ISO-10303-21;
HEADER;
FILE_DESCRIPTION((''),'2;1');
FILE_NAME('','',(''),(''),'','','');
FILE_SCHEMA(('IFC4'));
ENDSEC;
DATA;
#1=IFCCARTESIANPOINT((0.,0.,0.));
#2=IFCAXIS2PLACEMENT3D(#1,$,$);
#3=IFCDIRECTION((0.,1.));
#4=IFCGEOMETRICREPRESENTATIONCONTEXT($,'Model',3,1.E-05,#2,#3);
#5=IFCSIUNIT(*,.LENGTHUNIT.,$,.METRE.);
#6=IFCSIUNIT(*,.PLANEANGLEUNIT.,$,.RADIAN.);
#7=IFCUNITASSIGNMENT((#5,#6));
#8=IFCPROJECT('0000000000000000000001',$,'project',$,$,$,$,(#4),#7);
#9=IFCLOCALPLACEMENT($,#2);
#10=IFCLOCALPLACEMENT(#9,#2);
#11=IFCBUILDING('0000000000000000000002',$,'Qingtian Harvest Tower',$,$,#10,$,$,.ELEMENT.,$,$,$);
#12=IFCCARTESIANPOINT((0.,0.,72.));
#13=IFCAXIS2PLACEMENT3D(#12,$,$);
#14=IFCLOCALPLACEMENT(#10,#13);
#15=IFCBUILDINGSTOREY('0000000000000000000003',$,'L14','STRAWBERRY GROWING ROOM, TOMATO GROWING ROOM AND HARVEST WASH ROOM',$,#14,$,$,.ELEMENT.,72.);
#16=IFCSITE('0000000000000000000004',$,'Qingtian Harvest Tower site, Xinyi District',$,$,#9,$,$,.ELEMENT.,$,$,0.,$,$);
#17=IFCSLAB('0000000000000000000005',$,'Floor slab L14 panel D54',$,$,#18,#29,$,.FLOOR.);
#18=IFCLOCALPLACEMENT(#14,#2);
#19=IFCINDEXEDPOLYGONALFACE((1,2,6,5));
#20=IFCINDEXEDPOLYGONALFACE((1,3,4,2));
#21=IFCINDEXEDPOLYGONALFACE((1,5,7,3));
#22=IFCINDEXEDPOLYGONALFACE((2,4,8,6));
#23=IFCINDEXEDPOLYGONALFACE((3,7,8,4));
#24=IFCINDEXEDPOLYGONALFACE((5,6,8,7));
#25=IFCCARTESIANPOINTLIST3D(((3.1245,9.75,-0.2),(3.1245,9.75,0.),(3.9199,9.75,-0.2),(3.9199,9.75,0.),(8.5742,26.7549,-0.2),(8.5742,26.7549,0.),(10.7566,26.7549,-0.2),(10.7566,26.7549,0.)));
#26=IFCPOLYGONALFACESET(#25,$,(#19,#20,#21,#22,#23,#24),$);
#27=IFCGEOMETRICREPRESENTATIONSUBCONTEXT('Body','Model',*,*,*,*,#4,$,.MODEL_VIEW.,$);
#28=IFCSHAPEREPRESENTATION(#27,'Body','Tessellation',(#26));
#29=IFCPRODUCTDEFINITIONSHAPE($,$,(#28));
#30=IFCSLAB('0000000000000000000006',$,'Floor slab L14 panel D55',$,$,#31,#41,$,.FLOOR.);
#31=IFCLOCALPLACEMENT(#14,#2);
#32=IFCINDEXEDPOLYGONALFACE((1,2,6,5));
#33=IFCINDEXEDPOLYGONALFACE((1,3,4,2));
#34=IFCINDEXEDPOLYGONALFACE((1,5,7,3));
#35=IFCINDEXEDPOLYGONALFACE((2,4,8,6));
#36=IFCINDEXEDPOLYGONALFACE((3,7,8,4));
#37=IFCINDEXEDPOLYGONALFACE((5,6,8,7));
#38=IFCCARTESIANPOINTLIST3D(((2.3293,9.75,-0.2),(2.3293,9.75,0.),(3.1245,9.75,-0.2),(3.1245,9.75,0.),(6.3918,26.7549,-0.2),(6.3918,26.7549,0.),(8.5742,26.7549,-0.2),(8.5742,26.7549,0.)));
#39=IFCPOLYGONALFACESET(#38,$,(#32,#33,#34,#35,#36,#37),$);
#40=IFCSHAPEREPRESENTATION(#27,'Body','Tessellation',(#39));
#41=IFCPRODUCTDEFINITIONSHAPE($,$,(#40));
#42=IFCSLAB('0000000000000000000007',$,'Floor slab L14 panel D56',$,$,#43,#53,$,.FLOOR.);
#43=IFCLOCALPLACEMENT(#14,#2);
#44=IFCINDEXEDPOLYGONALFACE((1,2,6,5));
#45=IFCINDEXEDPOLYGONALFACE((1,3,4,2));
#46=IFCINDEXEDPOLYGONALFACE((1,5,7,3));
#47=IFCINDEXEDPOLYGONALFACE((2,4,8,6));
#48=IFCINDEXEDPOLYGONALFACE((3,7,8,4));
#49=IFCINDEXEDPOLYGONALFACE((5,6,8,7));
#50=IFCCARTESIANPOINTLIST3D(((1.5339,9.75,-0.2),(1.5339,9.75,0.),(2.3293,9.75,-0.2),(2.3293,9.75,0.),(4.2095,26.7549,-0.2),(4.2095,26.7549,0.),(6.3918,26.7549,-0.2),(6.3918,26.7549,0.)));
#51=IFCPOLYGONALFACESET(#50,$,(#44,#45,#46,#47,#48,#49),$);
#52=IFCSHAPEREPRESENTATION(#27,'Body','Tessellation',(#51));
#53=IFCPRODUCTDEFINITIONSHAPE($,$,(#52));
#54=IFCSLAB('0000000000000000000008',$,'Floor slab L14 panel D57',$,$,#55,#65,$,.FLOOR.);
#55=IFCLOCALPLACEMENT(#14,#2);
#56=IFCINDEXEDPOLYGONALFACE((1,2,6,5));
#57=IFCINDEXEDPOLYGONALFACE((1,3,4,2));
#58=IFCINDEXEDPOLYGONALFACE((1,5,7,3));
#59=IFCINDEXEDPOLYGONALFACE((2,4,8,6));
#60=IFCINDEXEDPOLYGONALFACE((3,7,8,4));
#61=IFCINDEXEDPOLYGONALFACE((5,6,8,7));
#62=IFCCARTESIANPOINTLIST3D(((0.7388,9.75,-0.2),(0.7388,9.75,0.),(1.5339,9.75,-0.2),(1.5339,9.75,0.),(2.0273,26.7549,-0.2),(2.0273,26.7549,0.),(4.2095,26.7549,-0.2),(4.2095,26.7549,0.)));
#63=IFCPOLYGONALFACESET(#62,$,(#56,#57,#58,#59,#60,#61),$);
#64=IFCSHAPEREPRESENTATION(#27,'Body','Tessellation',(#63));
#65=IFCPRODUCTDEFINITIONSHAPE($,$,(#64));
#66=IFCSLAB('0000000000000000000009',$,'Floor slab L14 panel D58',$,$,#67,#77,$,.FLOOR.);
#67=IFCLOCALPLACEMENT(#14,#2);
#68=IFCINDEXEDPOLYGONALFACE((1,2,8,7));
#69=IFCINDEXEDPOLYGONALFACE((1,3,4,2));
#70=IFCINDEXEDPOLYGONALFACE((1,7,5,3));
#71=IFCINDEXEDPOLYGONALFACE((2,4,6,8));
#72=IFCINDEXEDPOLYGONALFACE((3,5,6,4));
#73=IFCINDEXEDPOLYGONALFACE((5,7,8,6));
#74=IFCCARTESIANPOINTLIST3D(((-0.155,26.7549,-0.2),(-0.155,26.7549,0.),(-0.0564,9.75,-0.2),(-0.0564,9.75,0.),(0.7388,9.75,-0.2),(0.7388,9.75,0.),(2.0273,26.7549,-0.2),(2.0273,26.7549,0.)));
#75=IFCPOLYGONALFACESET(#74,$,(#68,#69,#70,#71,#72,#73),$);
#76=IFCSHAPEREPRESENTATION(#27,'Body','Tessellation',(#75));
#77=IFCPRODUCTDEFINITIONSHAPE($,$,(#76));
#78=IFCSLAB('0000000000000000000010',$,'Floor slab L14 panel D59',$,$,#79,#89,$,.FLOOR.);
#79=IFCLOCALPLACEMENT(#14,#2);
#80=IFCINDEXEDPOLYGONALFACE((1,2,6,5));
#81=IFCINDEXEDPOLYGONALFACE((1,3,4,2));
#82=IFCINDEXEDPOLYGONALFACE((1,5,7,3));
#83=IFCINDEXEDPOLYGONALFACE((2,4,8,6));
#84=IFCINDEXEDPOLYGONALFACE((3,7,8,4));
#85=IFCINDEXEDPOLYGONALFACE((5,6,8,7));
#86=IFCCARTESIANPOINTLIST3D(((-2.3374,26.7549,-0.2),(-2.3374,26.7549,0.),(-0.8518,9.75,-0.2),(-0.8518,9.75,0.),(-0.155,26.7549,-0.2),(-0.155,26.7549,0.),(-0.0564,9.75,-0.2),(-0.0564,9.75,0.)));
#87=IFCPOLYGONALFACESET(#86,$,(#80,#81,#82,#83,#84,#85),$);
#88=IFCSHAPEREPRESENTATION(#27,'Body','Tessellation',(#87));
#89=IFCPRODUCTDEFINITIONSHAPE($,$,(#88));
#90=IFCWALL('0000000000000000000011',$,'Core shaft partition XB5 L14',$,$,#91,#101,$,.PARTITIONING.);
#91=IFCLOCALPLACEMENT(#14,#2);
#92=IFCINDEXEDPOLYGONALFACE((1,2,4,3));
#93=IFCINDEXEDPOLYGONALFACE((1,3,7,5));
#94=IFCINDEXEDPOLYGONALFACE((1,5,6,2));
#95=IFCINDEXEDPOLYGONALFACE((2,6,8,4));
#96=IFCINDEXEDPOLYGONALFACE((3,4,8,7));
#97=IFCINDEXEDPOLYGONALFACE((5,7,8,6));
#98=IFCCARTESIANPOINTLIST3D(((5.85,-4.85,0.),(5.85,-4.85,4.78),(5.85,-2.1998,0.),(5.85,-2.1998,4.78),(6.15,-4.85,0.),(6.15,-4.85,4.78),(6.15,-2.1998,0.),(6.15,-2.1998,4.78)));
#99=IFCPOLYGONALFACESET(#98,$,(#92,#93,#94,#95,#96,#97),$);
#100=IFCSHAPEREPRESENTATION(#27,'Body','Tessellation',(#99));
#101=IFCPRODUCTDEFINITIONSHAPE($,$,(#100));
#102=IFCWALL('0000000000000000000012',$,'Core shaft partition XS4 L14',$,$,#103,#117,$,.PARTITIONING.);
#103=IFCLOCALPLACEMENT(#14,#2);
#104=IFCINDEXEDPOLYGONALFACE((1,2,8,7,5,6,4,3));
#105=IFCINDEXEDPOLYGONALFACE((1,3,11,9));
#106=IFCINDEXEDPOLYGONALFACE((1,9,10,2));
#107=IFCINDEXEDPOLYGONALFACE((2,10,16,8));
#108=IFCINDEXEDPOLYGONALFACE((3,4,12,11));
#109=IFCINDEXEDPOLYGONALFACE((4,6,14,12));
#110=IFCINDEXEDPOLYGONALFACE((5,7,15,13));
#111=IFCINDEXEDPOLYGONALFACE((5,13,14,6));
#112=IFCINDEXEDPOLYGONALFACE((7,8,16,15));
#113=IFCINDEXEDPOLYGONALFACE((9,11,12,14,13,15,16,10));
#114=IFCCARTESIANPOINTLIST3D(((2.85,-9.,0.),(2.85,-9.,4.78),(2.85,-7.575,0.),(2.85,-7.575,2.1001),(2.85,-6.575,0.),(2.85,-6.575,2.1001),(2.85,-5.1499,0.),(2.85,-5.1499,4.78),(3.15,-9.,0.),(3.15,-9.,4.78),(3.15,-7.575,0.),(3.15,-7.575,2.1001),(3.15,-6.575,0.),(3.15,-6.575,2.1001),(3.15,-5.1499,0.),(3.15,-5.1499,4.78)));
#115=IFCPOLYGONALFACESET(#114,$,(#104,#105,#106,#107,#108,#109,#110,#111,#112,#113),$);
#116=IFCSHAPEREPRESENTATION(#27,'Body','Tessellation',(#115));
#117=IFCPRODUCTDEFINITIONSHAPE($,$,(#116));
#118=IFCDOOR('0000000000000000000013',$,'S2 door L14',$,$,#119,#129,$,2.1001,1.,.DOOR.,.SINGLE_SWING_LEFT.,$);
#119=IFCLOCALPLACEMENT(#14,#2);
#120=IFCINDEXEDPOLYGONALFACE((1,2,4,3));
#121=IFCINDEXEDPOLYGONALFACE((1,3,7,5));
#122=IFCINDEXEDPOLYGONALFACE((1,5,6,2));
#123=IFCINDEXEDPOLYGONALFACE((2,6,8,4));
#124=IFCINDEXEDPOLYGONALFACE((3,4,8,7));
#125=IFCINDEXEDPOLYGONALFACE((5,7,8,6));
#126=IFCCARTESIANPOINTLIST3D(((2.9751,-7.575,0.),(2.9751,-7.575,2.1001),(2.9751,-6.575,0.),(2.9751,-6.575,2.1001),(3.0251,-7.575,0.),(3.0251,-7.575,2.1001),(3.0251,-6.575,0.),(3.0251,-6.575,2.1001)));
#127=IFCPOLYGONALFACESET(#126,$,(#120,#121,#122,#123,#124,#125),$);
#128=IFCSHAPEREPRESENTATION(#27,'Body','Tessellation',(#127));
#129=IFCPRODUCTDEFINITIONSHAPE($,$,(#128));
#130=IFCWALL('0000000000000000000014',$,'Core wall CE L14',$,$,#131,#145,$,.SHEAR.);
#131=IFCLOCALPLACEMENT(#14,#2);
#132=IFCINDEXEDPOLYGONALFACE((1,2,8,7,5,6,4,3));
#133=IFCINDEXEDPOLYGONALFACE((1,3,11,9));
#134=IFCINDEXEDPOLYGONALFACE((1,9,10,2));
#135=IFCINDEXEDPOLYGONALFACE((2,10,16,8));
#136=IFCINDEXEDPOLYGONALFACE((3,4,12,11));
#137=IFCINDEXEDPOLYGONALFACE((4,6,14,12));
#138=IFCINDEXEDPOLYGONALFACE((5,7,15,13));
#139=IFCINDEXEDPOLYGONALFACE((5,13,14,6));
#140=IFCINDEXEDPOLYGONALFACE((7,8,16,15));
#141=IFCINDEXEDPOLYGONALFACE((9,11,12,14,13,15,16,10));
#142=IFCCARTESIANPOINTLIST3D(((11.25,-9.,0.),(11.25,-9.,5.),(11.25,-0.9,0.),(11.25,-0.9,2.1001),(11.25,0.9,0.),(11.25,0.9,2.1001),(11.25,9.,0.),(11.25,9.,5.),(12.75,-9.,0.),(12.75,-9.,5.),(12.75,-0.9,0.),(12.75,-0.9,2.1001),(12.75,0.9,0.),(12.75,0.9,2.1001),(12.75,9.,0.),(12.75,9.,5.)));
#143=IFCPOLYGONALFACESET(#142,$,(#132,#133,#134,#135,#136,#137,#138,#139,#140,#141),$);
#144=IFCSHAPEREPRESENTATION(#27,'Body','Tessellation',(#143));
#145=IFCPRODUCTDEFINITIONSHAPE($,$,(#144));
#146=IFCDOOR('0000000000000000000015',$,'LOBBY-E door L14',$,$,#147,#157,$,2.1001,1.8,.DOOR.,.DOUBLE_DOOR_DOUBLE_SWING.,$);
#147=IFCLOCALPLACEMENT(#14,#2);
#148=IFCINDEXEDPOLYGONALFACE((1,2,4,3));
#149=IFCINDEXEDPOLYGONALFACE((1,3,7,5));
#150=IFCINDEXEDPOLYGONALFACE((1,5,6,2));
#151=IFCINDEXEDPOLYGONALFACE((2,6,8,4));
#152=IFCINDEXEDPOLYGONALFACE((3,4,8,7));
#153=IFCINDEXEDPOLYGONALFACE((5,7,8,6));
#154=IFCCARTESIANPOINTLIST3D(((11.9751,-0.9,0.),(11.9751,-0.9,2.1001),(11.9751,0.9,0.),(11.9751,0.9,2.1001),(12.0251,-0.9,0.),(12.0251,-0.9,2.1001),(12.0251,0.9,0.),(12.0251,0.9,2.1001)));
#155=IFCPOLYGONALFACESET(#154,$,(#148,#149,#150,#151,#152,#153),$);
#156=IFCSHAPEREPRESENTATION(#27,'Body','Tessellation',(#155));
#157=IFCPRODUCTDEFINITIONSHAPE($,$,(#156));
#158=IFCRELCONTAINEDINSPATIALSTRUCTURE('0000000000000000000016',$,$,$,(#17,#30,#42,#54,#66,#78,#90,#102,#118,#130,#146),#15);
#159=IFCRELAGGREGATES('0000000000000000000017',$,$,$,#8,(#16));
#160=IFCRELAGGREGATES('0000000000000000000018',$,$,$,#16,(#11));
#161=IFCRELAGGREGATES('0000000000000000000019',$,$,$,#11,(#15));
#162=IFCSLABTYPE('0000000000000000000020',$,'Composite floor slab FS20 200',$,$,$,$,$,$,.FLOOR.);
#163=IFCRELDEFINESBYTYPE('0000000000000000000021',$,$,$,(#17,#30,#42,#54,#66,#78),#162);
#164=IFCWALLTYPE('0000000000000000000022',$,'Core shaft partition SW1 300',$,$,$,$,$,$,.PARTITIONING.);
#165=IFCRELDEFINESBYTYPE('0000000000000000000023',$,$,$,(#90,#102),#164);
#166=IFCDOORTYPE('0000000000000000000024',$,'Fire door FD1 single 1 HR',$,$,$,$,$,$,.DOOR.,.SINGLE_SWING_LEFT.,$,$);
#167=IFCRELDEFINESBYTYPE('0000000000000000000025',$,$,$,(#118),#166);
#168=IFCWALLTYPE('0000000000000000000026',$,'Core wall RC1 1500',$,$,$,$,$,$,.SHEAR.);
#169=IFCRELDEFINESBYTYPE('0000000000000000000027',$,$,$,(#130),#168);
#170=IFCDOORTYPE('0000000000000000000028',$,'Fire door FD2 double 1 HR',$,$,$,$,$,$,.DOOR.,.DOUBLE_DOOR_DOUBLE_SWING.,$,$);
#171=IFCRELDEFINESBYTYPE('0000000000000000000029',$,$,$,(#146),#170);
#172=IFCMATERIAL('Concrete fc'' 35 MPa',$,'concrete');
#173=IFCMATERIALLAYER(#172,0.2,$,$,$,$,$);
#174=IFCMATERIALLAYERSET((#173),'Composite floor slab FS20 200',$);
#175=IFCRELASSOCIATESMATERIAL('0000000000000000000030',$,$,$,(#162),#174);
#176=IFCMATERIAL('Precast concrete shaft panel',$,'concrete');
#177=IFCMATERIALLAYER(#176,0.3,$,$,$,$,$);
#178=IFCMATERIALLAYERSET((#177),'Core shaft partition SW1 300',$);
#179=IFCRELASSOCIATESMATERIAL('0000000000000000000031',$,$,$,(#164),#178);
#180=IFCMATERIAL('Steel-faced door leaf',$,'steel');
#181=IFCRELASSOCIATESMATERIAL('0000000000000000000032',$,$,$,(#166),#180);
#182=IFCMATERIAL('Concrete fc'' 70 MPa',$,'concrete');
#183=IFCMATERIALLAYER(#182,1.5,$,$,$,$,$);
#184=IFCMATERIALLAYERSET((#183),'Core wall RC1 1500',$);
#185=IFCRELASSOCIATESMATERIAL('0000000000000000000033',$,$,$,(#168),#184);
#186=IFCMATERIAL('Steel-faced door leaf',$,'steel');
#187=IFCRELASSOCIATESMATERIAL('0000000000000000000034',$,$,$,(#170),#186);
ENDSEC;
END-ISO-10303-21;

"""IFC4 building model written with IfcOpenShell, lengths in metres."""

from ifc_helpers import new_model, si_unit, direction, frame, frame_2d, origin, place, context, subcontext, project, spatial, polyline, rectangle, outline, extrude, material, layer, layer_set, type_object, element, fill, save


model = new_model("IFC4")

# Units and contexts
model_context = context("Model", 3, precision=1e-05, world=origin(), true_north=direction((0.0, 1.0)))
body_context = subcontext(model_context, "Body", "Model", "MODEL_VIEW")
ifc_project = project(units=[si_unit("LENGTHUNIT", "METRE"), si_unit("PLANEANGLEUNIT", "RADIAN")], contexts=[model_context])

# Site, building, storey
site_placement = place(None, origin())
site = spatial("IfcSite", under=ifc_project, at=site_placement, Name="Qingtian Harvest Tower site, Xinyi District", CompositionType="ELEMENT", RefElevation=0.0)
building_placement = place(site_placement, origin())
building = spatial("IfcBuilding", under=site, at=building_placement, Name="Qingtian Harvest Tower", CompositionType="ELEMENT")
storey_placement = place(building_placement, frame((0.0, 0.0, 72.0)))
storey = spatial("IfcBuildingStorey", under=building, at=storey_placement, Name="L14", Description="STRAWBERRY GROWING ROOM, TOMATO GROWING ROOM AND HARVEST WASH ROOM", CompositionType="ELEMENT", Elevation=72.0)

# Slabs
ifc_material_1 = material(Name="Concrete fc' 35 MPa", Category="concrete")
ifc_layer_1 = layer(ifc_material_1, 0.2)
ifc_layer_set_1 = layer_set([ifc_layer_1], Name="Composite floor slab FS20 200")
slab_type = type_object("IfcSlabType", Name="Composite floor slab FS20 200", PredefinedType="FLOOR", material=ifc_layer_set_1)
slab_1_placement = place(storey_placement, frame((0.0, 0.0, -0.2)))
element("IfcSlab", 1, at=slab_1_placement, inside=storey, type_object=slab_type, Name="Floor slab L14 panel D54", PredefinedType="FLOOR", context=body_context, shape_type="SweptSolid", body=[
    extrude(outline(polyline([(3.1245, 9.75), (8.5742, 26.7549), (10.7566, 26.7549), (3.9199, 9.75), (3.1245, 9.75)])), origin(), (0.0, 0.0, 1.0), 0.2),
])
slab_2_placement = place(storey_placement, frame((0.0, 0.0, -0.2)))
element("IfcSlab", 2, at=slab_2_placement, inside=storey, type_object=slab_type, Name="Floor slab L14 panel D55", PredefinedType="FLOOR", context=body_context, shape_type="SweptSolid", body=[
    extrude(outline(polyline([(2.3293, 9.75), (6.3918, 26.7549), (8.5742, 26.7549), (3.1245, 9.75), (2.3293, 9.75)])), origin(), (0.0, 0.0, 1.0), 0.2),
])
slab_3_placement = place(storey_placement, frame((0.0, 0.0, -0.2)))
element("IfcSlab", 3, at=slab_3_placement, inside=storey, type_object=slab_type, Name="Floor slab L14 panel D56", PredefinedType="FLOOR", context=body_context, shape_type="SweptSolid", body=[
    extrude(outline(polyline([(1.5339, 9.75), (4.2095, 26.7549), (6.3918, 26.7549), (2.3293, 9.75), (1.5339, 9.75)])), origin(), (0.0, 0.0, 1.0), 0.2),
])
slab_4_placement = place(storey_placement, frame((0.0, 0.0, -0.2)))
element("IfcSlab", 4, at=slab_4_placement, inside=storey, type_object=slab_type, Name="Floor slab L14 panel D57", PredefinedType="FLOOR", context=body_context, shape_type="SweptSolid", body=[
    extrude(outline(polyline([(0.7388, 9.75), (2.0273, 26.7549), (4.2095, 26.7549), (1.5339, 9.75), (0.7388, 9.75)])), origin(), (0.0, 0.0, 1.0), 0.2),
])
slab_5_placement = place(storey_placement, frame((0.0, 0.0, -0.2)))
element("IfcSlab", 5, at=slab_5_placement, inside=storey, type_object=slab_type, Name="Floor slab L14 panel D58", PredefinedType="FLOOR", context=body_context, shape_type="SweptSolid", body=[
    extrude(outline(polyline([(-0.0564, 9.75), (-0.155, 26.7549), (2.0273, 26.7549), (0.7388, 9.75), (-0.0564, 9.75)])), origin(), (0.0, 0.0, 1.0), 0.2),
])
slab_6_placement = place(storey_placement, frame((0.0, 0.0, -0.2)))
element("IfcSlab", 6, at=slab_6_placement, inside=storey, type_object=slab_type, Name="Floor slab L14 panel D59", PredefinedType="FLOOR", context=body_context, shape_type="SweptSolid", body=[
    extrude(outline(polyline([(-0.8518, 9.75), (-2.3374, 26.7549), (-0.155, 26.7549), (-0.0564, 9.75), (-0.8518, 9.75)])), origin(), (0.0, 0.0, 1.0), 0.2),
])

# Wall
ifc_material_2 = material(Name="Precast concrete shaft panel", Category="concrete")
ifc_layer_2 = layer(ifc_material_2, 0.3)
ifc_layer_set_2 = layer_set([ifc_layer_2], Name="Core shaft partition SW1 300")
wall_type_1 = type_object("IfcWallType", Name="Core shaft partition SW1 300", PredefinedType="PARTITIONING", material=ifc_layer_set_2)
wall_1_placement = place(storey_placement, frame((6.0, -4.8501, 0.0), z_axis=(0.0, 0.0, 1.0), x_axis=(0.0, 1.0, 0.0)))
element("IfcWall", 7, at=wall_1_placement, inside=storey, type_object=wall_type_1, Name="Core shaft partition XB5 L14", PredefinedType="PARTITIONING", context=body_context, shape_type="SweptSolid", body=[
    extrude(rectangle(XDim=2.6501, YDim=0.3, at=frame_2d((1.3252, 0.0))), origin(), (0.0, 0.0, 1.0), 4.78),
])

# Walls, openings, doors
wall_2_placement = place(storey_placement, frame((3.0, -9.0, 0.0), z_axis=(0.0, 0.0, 1.0), x_axis=(0.0, 1.0, 0.0)))
wall_2 = element("IfcWall", 8, at=wall_2_placement, inside=storey, type_object=wall_type_1, Name="Core shaft partition XS4 L14", PredefinedType="PARTITIONING", context=body_context, shape_type="SweptSolid", body=[
    extrude(rectangle(XDim=3.8501, YDim=0.3, at=frame_2d((1.925, 0.0))), origin(), (0.0, 0.0, 1.0), 4.78),
])
opening_1_placement = place(wall_2_placement, frame((1.425, 0.0, 0.0)))
opening_1 = element("IfcOpeningElement", 9, at=opening_1_placement, cuts=wall_2, PredefinedType="OPENING", context=body_context, shape_type="SweptSolid", body=[
    extrude(rectangle(XDim=1.0, YDim=2.1001, at=frame_2d((0.5, 1.05))), frame((0.0, 0.1599, 0.0), z_axis=(0.0, -1.0, 0.0), x_axis=(1.0, 0.0, 0.0)), (0.0, 0.0, 1.0), 0.3201),
])
ifc_material_3 = material(Name="Steel-faced door leaf", Category="steel")
door_type_1 = type_object("IfcDoorType", Name="Fire door FD1 single 1 HR", OperationType="SINGLE_SWING_LEFT", PredefinedType="DOOR", material=ifc_material_3)
door_1_placement = place(opening_1_placement, origin())
door_1 = element("IfcDoor", 10, at=door_1_placement, inside=storey, type_object=door_type_1, Name="S2 door L14", OperationType="SINGLE_SWING_LEFT", OverallHeight=2.1001, OverallWidth=1.0, PredefinedType="DOOR", context=body_context, shape_type="SweptSolid", body=[
    extrude(rectangle(XDim=1.0, YDim=2.1001, at=frame_2d((0.5, 1.05))), frame((0.0, 0.0249, 0.0), z_axis=(0.0, -1.0, 0.0), x_axis=(1.0, 0.0, 0.0)), (0.0, 0.0, 1.0), 0.05),
])
fill(opening_1, door_1)
ifc_material_4 = material(Name="Concrete fc' 70 MPa", Category="concrete")
ifc_layer_3 = layer(ifc_material_4, 1.5)
ifc_layer_set_3 = layer_set([ifc_layer_3], Name="Core wall RC1 1500")
wall_type_2 = type_object("IfcWallType", Name="Core wall RC1 1500", PredefinedType="SHEAR", material=ifc_layer_set_3)
wall_3_placement = place(storey_placement, frame((12.0, -9.0, 0.0), z_axis=(0.0, 0.0, 1.0), x_axis=(0.0, 1.0, 0.0)))
wall_3 = element("IfcWall", 11, at=wall_3_placement, inside=storey, type_object=wall_type_2, Name="Core wall CE L14", PredefinedType="SHEAR", context=body_context, shape_type="SweptSolid", body=[
    extrude(rectangle(XDim=18.0, YDim=1.5, at=frame_2d((9.0, 0.0))), origin(), (0.0, 0.0, 1.0), 5.0),
])
opening_2_placement = place(wall_3_placement, frame((8.1001, 0.0, 0.0)))
opening_2 = element("IfcOpeningElement", 12, at=opening_2_placement, cuts=wall_3, PredefinedType="OPENING", context=body_context, shape_type="SweptSolid", body=[
    extrude(rectangle(XDim=1.8, YDim=2.1001, at=frame_2d((0.8999, 1.05))), frame((0.0, 0.76, 0.0), z_axis=(0.0, -1.0, 0.0), x_axis=(1.0, 0.0, 0.0)), (0.0, 0.0, 1.0), 1.52),
])
ifc_material_5 = material(Name="Steel-faced door leaf", Category="steel")
door_type_2 = type_object("IfcDoorType", Name="Fire door FD2 double 1 HR", OperationType="DOUBLE_DOOR_DOUBLE_SWING", PredefinedType="DOOR", material=ifc_material_5)
door_2_placement = place(opening_2_placement, origin())
door_2 = element("IfcDoor", 13, at=door_2_placement, inside=storey, type_object=door_type_2, Name="LOBBY-E door L14", OperationType="DOUBLE_DOOR_DOUBLE_SWING", OverallHeight=2.1001, OverallWidth=1.8, PredefinedType="DOOR", context=body_context, shape_type="SweptSolid", body=[
    extrude(rectangle(XDim=1.8, YDim=2.1001, at=frame_2d((0.8999, 1.05))), frame((0.0, 0.0249, 0.0), z_axis=(0.0, -1.0, 0.0), x_axis=(1.0, 0.0, 0.0)), (0.0, 0.0, 1.0), 0.05),
])
fill(opening_2, door_2)

save(model, "model.ifc")
